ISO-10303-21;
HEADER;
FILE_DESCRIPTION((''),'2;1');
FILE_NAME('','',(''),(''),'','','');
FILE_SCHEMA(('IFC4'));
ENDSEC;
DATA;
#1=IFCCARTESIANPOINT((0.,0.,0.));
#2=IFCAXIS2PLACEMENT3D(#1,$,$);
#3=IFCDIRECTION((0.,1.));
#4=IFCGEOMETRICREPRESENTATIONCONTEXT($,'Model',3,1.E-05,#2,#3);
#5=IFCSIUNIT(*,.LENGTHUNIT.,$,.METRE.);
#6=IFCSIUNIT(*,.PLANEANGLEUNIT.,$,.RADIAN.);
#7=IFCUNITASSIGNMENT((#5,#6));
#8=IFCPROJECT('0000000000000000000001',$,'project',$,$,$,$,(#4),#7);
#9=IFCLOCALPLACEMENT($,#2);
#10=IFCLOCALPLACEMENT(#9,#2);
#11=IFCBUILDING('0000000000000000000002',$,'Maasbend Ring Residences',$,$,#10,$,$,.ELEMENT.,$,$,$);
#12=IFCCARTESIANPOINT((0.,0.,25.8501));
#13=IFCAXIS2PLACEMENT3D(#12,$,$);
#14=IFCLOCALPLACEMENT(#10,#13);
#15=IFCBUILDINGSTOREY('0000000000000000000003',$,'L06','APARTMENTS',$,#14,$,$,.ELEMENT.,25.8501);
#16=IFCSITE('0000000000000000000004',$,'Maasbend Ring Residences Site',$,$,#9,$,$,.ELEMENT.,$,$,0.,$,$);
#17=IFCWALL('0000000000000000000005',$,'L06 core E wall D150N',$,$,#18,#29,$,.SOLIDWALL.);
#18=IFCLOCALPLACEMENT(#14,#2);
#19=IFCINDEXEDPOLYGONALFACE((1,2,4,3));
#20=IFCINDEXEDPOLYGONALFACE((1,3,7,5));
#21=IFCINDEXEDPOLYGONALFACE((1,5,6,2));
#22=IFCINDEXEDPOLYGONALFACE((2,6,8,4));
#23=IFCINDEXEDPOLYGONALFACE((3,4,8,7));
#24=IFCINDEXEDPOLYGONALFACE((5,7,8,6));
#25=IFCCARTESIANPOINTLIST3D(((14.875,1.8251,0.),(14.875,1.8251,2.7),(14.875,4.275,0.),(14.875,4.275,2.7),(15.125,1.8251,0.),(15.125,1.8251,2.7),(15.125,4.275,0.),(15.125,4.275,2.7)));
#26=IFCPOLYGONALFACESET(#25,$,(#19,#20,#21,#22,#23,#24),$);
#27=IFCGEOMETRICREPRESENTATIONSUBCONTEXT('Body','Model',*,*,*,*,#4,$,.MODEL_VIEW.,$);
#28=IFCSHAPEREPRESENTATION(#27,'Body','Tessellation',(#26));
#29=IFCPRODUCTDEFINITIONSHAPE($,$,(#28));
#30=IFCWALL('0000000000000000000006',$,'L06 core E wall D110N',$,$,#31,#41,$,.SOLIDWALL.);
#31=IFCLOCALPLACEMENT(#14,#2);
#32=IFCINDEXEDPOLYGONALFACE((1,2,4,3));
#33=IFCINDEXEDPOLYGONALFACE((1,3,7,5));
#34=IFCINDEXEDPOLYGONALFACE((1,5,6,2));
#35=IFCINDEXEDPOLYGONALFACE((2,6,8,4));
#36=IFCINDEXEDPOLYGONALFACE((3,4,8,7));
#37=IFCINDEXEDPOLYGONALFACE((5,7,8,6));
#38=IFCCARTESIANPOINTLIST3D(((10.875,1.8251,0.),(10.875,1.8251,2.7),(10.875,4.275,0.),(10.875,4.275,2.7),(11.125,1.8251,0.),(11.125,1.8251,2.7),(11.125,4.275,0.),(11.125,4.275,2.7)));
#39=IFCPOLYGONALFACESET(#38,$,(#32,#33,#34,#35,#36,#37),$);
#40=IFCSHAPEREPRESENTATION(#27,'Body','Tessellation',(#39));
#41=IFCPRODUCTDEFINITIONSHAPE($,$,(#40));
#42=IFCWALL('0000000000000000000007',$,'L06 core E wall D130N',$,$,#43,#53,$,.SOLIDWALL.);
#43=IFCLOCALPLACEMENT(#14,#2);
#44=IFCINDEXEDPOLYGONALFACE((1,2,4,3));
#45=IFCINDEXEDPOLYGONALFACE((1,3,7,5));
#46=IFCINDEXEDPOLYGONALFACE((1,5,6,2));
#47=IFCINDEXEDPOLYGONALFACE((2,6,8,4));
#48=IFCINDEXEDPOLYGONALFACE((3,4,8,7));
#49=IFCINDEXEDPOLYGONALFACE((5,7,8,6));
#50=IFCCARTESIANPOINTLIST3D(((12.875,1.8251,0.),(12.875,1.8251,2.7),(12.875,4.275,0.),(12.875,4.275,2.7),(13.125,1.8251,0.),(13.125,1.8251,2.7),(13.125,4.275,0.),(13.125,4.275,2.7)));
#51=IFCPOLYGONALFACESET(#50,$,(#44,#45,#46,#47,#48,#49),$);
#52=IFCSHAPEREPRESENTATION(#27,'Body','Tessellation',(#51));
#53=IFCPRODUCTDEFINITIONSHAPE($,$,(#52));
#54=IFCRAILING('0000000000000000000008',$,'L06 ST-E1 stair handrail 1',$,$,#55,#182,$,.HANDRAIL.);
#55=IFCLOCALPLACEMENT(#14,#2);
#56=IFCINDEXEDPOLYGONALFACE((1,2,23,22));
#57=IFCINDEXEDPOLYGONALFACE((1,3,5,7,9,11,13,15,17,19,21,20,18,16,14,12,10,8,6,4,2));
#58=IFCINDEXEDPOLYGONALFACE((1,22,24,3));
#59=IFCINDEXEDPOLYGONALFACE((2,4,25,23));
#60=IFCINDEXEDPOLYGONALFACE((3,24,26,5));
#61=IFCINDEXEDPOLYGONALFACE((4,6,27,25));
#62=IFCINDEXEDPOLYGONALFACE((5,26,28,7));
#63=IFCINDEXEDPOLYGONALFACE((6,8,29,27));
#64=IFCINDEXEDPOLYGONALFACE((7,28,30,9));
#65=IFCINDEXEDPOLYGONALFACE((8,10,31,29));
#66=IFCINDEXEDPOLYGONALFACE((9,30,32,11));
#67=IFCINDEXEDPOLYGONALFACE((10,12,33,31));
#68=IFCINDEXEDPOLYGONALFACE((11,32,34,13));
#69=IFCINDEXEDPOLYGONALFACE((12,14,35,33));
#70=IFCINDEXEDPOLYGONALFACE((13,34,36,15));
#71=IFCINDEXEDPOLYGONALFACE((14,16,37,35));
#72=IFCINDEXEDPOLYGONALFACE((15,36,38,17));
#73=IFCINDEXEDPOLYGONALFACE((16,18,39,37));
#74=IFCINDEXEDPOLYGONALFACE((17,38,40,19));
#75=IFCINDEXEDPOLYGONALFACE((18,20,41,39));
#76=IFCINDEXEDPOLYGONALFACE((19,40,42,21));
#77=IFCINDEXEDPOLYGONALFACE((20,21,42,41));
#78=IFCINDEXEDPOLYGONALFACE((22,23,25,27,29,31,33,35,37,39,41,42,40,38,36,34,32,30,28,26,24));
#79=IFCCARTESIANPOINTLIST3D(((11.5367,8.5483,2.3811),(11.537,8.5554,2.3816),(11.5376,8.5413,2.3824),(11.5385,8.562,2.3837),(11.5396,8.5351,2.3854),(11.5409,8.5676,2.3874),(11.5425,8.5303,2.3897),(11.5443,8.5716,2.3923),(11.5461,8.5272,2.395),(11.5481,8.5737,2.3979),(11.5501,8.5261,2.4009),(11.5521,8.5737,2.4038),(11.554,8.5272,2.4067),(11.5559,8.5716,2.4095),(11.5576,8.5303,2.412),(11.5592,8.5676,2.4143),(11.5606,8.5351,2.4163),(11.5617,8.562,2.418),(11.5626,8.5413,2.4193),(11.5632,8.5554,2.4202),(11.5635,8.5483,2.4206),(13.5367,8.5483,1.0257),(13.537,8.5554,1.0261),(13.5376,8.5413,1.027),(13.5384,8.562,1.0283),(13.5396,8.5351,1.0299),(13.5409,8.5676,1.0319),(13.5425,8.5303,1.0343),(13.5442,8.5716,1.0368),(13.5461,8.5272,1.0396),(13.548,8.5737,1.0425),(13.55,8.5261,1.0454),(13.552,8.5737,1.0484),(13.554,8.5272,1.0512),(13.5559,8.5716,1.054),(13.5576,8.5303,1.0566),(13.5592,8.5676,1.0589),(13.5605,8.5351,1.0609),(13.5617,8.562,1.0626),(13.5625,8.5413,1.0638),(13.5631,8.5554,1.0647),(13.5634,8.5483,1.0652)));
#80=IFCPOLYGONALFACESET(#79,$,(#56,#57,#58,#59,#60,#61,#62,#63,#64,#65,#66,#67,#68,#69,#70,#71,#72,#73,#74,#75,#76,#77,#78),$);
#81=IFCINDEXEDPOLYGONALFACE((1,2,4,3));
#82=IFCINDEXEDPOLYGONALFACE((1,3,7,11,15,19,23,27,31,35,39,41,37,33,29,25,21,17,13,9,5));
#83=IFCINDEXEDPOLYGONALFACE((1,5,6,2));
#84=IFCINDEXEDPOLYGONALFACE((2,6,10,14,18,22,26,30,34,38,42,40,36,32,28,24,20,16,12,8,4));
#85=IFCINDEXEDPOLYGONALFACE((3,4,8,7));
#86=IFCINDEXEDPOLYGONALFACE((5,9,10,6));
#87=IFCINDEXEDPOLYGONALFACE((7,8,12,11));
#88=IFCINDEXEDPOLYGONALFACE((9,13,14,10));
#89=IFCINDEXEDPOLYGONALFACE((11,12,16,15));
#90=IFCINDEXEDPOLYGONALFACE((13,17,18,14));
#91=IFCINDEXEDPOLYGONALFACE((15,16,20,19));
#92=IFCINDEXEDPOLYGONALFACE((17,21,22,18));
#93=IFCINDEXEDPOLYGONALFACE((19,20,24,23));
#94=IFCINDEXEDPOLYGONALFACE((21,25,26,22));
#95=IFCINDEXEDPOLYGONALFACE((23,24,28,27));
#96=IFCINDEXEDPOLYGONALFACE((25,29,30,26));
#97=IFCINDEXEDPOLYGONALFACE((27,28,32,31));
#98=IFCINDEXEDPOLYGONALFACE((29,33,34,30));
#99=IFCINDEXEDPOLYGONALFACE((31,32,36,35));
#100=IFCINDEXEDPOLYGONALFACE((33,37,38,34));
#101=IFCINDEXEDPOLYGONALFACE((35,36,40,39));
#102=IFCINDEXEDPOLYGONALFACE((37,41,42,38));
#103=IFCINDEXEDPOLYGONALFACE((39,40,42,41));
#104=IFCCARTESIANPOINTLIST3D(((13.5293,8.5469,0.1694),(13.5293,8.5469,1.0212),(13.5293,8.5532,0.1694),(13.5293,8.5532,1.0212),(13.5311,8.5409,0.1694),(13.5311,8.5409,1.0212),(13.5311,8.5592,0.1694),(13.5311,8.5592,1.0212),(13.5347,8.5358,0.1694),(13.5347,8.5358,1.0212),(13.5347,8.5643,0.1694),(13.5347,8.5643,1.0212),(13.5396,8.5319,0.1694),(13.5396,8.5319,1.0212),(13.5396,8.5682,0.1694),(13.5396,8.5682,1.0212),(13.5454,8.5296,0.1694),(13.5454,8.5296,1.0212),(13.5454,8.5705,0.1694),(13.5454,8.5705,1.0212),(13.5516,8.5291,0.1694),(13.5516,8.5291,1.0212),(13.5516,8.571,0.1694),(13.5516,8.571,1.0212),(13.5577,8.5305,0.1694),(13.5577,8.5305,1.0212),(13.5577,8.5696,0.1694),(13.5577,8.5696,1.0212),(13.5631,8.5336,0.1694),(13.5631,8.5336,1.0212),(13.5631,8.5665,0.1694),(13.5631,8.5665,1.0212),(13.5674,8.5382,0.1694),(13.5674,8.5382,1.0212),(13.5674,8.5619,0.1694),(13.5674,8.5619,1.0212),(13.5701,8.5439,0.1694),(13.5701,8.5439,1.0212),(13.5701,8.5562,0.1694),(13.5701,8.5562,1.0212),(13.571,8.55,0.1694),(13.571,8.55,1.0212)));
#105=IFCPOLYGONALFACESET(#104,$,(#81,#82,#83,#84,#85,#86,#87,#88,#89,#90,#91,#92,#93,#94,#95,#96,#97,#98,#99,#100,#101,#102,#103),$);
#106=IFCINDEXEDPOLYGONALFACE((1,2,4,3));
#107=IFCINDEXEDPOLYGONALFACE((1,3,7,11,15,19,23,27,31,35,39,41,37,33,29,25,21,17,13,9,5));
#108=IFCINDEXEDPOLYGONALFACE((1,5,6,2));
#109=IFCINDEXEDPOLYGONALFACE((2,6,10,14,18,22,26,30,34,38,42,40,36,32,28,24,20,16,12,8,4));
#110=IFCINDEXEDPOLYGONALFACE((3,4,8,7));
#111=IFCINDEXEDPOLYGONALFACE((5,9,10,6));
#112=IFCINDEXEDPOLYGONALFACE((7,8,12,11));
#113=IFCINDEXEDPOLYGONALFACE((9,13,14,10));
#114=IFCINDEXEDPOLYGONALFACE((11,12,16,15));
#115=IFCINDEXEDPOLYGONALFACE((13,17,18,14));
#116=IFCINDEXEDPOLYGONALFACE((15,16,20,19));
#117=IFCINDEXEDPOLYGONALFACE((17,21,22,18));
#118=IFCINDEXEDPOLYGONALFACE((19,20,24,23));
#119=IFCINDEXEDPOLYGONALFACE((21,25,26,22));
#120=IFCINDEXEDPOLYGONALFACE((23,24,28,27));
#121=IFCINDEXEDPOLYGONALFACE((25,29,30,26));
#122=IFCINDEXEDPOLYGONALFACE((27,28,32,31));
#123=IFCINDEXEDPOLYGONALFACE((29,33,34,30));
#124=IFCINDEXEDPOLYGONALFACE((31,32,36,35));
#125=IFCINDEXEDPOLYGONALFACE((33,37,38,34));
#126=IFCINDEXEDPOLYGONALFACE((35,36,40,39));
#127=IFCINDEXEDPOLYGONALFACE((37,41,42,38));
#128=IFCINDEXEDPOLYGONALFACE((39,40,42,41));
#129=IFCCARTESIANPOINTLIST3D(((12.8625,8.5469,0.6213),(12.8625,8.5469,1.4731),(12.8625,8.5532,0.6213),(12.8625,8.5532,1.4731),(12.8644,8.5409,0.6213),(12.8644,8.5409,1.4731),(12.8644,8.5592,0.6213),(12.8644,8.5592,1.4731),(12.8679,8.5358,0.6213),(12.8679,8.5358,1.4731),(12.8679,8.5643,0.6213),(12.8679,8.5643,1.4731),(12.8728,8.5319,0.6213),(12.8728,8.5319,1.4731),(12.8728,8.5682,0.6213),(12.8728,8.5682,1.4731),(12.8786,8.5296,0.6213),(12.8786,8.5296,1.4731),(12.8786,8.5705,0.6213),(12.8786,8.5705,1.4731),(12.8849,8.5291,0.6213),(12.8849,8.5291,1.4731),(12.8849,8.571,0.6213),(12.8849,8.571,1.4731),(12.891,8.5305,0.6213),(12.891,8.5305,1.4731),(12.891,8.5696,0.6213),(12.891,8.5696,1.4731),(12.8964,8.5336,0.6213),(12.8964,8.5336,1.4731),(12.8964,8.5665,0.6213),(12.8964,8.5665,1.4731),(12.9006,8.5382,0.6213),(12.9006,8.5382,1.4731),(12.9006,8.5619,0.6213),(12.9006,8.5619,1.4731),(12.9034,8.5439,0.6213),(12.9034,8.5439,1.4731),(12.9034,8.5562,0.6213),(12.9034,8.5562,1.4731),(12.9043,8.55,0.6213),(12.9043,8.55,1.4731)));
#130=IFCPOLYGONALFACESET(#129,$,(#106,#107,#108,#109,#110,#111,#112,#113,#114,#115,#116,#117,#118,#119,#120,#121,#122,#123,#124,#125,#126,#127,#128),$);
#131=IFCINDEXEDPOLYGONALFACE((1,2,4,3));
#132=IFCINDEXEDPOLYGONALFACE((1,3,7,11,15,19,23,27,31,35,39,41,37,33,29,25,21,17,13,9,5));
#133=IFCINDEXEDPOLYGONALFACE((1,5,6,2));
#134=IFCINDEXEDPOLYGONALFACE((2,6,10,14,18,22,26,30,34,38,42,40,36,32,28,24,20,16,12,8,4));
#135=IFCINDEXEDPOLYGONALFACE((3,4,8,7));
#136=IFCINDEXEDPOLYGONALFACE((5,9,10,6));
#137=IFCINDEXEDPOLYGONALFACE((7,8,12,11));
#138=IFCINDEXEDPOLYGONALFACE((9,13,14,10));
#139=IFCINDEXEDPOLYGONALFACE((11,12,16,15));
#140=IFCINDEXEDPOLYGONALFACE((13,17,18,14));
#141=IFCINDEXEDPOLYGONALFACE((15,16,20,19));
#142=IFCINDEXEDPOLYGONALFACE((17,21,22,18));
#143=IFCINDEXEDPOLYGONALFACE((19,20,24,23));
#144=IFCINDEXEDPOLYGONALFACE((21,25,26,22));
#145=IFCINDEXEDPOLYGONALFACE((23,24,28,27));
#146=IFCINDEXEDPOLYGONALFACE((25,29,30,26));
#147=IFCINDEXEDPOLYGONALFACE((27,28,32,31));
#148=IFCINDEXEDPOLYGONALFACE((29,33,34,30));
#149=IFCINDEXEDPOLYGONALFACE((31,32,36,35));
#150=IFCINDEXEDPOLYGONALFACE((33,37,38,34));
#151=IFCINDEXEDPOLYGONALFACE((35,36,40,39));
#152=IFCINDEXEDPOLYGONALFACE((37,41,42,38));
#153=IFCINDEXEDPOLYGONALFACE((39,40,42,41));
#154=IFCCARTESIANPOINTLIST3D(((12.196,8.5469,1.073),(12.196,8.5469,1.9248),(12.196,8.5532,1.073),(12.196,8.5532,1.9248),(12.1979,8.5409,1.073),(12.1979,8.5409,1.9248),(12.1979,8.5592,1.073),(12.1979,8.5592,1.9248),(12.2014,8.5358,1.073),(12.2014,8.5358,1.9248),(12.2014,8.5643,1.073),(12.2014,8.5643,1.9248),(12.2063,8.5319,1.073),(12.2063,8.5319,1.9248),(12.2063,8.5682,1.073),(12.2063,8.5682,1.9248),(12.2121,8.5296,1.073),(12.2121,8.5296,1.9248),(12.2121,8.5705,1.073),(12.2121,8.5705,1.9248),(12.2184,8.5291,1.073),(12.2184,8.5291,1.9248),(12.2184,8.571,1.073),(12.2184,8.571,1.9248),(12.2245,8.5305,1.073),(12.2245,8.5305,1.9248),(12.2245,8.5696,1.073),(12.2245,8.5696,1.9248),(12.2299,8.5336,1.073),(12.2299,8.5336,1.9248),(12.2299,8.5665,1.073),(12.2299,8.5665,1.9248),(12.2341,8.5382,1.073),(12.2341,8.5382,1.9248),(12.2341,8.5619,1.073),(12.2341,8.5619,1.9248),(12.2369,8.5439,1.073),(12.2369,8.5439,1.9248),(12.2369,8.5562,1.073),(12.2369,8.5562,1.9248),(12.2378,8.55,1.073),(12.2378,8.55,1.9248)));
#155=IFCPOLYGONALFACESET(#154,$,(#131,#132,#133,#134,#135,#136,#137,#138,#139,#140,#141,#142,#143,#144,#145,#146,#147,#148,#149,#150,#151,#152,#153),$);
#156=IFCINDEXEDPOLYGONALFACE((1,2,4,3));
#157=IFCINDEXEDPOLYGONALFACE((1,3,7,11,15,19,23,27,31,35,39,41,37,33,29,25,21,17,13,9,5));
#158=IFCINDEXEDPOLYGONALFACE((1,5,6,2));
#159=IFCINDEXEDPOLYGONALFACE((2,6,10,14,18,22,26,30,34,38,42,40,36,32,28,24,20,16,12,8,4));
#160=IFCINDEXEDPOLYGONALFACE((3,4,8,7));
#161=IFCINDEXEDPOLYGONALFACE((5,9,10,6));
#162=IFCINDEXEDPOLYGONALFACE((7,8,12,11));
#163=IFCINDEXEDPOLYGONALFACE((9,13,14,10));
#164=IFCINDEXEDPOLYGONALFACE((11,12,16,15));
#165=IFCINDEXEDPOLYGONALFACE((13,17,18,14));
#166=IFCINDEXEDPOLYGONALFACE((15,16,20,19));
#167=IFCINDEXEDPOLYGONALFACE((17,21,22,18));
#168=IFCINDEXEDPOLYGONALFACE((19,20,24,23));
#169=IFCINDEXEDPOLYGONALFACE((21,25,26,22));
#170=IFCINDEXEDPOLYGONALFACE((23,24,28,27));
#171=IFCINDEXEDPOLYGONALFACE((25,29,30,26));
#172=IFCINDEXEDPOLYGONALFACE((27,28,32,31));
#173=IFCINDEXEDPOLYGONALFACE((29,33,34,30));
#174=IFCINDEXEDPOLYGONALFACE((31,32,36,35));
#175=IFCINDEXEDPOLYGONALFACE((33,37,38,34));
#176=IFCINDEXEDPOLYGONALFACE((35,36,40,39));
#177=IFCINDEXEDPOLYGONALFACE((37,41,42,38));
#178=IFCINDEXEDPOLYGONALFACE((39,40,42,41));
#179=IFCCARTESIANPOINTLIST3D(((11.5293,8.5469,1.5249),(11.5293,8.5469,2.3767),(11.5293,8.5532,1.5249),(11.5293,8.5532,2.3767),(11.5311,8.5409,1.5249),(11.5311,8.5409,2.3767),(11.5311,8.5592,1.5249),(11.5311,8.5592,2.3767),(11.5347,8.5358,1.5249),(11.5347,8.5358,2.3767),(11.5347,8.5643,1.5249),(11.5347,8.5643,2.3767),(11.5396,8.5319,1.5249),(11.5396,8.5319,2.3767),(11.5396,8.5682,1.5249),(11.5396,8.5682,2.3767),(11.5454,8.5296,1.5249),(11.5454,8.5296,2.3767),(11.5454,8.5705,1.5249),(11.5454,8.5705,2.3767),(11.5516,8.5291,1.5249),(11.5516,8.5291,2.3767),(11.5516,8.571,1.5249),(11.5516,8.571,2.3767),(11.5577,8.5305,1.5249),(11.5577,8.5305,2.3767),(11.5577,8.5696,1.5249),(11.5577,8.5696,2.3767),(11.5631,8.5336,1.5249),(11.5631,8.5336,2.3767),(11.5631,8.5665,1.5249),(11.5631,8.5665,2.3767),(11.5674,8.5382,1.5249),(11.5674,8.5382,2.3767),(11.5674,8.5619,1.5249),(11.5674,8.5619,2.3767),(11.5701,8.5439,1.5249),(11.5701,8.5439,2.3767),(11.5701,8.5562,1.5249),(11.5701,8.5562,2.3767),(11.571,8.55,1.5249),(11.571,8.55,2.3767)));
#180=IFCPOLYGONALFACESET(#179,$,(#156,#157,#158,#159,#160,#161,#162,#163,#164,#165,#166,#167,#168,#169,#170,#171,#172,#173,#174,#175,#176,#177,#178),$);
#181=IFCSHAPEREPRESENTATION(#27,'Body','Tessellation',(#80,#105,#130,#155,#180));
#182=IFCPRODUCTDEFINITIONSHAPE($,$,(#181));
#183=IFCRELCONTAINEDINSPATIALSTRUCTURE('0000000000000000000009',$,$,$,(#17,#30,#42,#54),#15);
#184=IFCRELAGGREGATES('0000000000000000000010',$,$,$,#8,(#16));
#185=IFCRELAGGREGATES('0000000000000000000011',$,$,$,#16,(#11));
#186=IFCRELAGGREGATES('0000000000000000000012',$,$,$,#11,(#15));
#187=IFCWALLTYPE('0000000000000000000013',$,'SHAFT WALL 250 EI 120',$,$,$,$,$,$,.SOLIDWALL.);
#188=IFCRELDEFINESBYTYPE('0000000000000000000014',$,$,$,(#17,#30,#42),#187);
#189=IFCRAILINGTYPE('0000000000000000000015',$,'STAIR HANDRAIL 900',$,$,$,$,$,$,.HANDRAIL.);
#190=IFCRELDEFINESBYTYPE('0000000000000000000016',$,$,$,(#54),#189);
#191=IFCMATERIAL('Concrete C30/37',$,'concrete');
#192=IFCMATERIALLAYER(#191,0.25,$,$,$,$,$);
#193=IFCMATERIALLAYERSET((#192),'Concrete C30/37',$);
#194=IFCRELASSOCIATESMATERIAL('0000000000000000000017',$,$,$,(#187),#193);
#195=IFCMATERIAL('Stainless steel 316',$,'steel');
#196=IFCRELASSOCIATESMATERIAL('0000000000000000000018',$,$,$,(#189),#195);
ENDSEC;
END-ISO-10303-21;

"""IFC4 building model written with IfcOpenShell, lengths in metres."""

from ifc_helpers import new_model, si_unit, direction, frame, frame_2d, origin, origin_2d, place, context, subcontext, project, spatial, rectangle, circle, extrude, material, layer, layer_set, type_object, element, save


model = new_model("IFC4")

# Units and contexts
model_context = context("Model", 3, precision=1e-05, world=origin(), true_north=direction((0.0, 1.0)))
body_context = subcontext(model_context, "Body", "Model", "MODEL_VIEW")
ifc_project = project(units=[si_unit("LENGTHUNIT", "METRE"), si_unit("PLANEANGLEUNIT", "RADIAN")], contexts=[model_context])

# Site, building, storey
site_placement = place(None, origin())
site = spatial("IfcSite", under=ifc_project, at=site_placement, Name="Maasbend Ring Residences Site", CompositionType="ELEMENT", RefElevation=0.0)
building_placement = place(site_placement, origin())
building = spatial("IfcBuilding", under=site, at=building_placement, Name="Maasbend Ring Residences", CompositionType="ELEMENT")
storey_placement = place(building_placement, frame((0.0, 0.0, 25.8501)))
storey = spatial("IfcBuildingStorey", under=building, at=storey_placement, Name="L06", Description="APARTMENTS", CompositionType="ELEMENT", Elevation=25.8501)

# Walls
ifc_material_1 = material(Name="Concrete C30/37", Category="concrete")
ifc_layer_1 = layer(ifc_material_1, 0.25)
ifc_layer_set_1 = layer_set([ifc_layer_1], Name="Concrete C30/37")
wall_type_1 = type_object("IfcWallType", Name="SHAFT WALL 250 EI 120", PredefinedType="SOLIDWALL", material=ifc_layer_set_1)
for number, where, z_axis, x_axis, name in (
    (1, (15.0, 1.825, 0.0), (0.0, 0.0, 1.0), (0.0, 1.0, 0.0), "L06 core E wall D150N"),
    (2, (11.0, 1.825, 0.0), (0.0, 0.0, 1.0), (0.0, 1.0, 0.0), "L06 core E wall D110N"),
    (3, (13.0, 1.825, 0.0), (0.0, 0.0, 1.0), (0.0, 1.0, 0.0), "L06 core E wall D130N"),
):
    element("IfcWall", number, at=place(storey_placement, frame(where, z_axis=z_axis, x_axis=x_axis)), inside=storey, type_object=wall_type_1, Name=name, PredefinedType="SOLIDWALL", context=body_context, shape_type="SweptSolid", body=[
        extrude(rectangle(XDim=2.45, YDim=0.25, at=frame_2d((1.2251, 0.0))), origin(), (0.0, 0.0, 1.0), 2.7),
    ])

# Railing
ifc_material_2 = material(Name="Stainless steel 316", Category="steel")
railing_type_1 = type_object("IfcRailingType", Name="STAIR HANDRAIL 900", PredefinedType="HANDRAIL", material=ifc_material_2)
railing_1_placement = place(storey_placement, frame((13.55, 8.55, 0.1694)))
element("IfcRailing", 4, at=railing_1_placement, inside=storey, type_object=railing_type_1, Name="L06 ST-E1 stair handrail 1", PredefinedType="HANDRAIL", context=body_context, shape_type="SweptSolid", body=[
    extrude(circle(Radius=0.0239, at=origin_2d()), frame((0.0, 0.0, 0.876), z_axis=(-0.827798, 0.0, 0.561027), x_axis=(0.0, -1.0, 0.0)), (0.0, 0.0, 1.0), 2.416),
    extrude(circle(Radius=0.021, at=origin_2d()), origin(), (0.0, 0.0, 1.0), 0.8518),
    extrude(circle(Radius=0.021, at=origin_2d()), frame((-0.6667, 0.0, 0.4519)), (0.0, 0.0, 1.0), 0.8518),
    extrude(circle(Radius=0.021, at=origin_2d()), frame((-1.3333, 0.0, 0.9036)), (0.0, 0.0, 1.0), 0.8518),
    extrude(circle(Radius=0.021, at=origin_2d()), frame((-2.0, 0.0, 1.3555)), (0.0, 0.0, 1.0), 0.8518),
])

save(model, "model.ifc")
